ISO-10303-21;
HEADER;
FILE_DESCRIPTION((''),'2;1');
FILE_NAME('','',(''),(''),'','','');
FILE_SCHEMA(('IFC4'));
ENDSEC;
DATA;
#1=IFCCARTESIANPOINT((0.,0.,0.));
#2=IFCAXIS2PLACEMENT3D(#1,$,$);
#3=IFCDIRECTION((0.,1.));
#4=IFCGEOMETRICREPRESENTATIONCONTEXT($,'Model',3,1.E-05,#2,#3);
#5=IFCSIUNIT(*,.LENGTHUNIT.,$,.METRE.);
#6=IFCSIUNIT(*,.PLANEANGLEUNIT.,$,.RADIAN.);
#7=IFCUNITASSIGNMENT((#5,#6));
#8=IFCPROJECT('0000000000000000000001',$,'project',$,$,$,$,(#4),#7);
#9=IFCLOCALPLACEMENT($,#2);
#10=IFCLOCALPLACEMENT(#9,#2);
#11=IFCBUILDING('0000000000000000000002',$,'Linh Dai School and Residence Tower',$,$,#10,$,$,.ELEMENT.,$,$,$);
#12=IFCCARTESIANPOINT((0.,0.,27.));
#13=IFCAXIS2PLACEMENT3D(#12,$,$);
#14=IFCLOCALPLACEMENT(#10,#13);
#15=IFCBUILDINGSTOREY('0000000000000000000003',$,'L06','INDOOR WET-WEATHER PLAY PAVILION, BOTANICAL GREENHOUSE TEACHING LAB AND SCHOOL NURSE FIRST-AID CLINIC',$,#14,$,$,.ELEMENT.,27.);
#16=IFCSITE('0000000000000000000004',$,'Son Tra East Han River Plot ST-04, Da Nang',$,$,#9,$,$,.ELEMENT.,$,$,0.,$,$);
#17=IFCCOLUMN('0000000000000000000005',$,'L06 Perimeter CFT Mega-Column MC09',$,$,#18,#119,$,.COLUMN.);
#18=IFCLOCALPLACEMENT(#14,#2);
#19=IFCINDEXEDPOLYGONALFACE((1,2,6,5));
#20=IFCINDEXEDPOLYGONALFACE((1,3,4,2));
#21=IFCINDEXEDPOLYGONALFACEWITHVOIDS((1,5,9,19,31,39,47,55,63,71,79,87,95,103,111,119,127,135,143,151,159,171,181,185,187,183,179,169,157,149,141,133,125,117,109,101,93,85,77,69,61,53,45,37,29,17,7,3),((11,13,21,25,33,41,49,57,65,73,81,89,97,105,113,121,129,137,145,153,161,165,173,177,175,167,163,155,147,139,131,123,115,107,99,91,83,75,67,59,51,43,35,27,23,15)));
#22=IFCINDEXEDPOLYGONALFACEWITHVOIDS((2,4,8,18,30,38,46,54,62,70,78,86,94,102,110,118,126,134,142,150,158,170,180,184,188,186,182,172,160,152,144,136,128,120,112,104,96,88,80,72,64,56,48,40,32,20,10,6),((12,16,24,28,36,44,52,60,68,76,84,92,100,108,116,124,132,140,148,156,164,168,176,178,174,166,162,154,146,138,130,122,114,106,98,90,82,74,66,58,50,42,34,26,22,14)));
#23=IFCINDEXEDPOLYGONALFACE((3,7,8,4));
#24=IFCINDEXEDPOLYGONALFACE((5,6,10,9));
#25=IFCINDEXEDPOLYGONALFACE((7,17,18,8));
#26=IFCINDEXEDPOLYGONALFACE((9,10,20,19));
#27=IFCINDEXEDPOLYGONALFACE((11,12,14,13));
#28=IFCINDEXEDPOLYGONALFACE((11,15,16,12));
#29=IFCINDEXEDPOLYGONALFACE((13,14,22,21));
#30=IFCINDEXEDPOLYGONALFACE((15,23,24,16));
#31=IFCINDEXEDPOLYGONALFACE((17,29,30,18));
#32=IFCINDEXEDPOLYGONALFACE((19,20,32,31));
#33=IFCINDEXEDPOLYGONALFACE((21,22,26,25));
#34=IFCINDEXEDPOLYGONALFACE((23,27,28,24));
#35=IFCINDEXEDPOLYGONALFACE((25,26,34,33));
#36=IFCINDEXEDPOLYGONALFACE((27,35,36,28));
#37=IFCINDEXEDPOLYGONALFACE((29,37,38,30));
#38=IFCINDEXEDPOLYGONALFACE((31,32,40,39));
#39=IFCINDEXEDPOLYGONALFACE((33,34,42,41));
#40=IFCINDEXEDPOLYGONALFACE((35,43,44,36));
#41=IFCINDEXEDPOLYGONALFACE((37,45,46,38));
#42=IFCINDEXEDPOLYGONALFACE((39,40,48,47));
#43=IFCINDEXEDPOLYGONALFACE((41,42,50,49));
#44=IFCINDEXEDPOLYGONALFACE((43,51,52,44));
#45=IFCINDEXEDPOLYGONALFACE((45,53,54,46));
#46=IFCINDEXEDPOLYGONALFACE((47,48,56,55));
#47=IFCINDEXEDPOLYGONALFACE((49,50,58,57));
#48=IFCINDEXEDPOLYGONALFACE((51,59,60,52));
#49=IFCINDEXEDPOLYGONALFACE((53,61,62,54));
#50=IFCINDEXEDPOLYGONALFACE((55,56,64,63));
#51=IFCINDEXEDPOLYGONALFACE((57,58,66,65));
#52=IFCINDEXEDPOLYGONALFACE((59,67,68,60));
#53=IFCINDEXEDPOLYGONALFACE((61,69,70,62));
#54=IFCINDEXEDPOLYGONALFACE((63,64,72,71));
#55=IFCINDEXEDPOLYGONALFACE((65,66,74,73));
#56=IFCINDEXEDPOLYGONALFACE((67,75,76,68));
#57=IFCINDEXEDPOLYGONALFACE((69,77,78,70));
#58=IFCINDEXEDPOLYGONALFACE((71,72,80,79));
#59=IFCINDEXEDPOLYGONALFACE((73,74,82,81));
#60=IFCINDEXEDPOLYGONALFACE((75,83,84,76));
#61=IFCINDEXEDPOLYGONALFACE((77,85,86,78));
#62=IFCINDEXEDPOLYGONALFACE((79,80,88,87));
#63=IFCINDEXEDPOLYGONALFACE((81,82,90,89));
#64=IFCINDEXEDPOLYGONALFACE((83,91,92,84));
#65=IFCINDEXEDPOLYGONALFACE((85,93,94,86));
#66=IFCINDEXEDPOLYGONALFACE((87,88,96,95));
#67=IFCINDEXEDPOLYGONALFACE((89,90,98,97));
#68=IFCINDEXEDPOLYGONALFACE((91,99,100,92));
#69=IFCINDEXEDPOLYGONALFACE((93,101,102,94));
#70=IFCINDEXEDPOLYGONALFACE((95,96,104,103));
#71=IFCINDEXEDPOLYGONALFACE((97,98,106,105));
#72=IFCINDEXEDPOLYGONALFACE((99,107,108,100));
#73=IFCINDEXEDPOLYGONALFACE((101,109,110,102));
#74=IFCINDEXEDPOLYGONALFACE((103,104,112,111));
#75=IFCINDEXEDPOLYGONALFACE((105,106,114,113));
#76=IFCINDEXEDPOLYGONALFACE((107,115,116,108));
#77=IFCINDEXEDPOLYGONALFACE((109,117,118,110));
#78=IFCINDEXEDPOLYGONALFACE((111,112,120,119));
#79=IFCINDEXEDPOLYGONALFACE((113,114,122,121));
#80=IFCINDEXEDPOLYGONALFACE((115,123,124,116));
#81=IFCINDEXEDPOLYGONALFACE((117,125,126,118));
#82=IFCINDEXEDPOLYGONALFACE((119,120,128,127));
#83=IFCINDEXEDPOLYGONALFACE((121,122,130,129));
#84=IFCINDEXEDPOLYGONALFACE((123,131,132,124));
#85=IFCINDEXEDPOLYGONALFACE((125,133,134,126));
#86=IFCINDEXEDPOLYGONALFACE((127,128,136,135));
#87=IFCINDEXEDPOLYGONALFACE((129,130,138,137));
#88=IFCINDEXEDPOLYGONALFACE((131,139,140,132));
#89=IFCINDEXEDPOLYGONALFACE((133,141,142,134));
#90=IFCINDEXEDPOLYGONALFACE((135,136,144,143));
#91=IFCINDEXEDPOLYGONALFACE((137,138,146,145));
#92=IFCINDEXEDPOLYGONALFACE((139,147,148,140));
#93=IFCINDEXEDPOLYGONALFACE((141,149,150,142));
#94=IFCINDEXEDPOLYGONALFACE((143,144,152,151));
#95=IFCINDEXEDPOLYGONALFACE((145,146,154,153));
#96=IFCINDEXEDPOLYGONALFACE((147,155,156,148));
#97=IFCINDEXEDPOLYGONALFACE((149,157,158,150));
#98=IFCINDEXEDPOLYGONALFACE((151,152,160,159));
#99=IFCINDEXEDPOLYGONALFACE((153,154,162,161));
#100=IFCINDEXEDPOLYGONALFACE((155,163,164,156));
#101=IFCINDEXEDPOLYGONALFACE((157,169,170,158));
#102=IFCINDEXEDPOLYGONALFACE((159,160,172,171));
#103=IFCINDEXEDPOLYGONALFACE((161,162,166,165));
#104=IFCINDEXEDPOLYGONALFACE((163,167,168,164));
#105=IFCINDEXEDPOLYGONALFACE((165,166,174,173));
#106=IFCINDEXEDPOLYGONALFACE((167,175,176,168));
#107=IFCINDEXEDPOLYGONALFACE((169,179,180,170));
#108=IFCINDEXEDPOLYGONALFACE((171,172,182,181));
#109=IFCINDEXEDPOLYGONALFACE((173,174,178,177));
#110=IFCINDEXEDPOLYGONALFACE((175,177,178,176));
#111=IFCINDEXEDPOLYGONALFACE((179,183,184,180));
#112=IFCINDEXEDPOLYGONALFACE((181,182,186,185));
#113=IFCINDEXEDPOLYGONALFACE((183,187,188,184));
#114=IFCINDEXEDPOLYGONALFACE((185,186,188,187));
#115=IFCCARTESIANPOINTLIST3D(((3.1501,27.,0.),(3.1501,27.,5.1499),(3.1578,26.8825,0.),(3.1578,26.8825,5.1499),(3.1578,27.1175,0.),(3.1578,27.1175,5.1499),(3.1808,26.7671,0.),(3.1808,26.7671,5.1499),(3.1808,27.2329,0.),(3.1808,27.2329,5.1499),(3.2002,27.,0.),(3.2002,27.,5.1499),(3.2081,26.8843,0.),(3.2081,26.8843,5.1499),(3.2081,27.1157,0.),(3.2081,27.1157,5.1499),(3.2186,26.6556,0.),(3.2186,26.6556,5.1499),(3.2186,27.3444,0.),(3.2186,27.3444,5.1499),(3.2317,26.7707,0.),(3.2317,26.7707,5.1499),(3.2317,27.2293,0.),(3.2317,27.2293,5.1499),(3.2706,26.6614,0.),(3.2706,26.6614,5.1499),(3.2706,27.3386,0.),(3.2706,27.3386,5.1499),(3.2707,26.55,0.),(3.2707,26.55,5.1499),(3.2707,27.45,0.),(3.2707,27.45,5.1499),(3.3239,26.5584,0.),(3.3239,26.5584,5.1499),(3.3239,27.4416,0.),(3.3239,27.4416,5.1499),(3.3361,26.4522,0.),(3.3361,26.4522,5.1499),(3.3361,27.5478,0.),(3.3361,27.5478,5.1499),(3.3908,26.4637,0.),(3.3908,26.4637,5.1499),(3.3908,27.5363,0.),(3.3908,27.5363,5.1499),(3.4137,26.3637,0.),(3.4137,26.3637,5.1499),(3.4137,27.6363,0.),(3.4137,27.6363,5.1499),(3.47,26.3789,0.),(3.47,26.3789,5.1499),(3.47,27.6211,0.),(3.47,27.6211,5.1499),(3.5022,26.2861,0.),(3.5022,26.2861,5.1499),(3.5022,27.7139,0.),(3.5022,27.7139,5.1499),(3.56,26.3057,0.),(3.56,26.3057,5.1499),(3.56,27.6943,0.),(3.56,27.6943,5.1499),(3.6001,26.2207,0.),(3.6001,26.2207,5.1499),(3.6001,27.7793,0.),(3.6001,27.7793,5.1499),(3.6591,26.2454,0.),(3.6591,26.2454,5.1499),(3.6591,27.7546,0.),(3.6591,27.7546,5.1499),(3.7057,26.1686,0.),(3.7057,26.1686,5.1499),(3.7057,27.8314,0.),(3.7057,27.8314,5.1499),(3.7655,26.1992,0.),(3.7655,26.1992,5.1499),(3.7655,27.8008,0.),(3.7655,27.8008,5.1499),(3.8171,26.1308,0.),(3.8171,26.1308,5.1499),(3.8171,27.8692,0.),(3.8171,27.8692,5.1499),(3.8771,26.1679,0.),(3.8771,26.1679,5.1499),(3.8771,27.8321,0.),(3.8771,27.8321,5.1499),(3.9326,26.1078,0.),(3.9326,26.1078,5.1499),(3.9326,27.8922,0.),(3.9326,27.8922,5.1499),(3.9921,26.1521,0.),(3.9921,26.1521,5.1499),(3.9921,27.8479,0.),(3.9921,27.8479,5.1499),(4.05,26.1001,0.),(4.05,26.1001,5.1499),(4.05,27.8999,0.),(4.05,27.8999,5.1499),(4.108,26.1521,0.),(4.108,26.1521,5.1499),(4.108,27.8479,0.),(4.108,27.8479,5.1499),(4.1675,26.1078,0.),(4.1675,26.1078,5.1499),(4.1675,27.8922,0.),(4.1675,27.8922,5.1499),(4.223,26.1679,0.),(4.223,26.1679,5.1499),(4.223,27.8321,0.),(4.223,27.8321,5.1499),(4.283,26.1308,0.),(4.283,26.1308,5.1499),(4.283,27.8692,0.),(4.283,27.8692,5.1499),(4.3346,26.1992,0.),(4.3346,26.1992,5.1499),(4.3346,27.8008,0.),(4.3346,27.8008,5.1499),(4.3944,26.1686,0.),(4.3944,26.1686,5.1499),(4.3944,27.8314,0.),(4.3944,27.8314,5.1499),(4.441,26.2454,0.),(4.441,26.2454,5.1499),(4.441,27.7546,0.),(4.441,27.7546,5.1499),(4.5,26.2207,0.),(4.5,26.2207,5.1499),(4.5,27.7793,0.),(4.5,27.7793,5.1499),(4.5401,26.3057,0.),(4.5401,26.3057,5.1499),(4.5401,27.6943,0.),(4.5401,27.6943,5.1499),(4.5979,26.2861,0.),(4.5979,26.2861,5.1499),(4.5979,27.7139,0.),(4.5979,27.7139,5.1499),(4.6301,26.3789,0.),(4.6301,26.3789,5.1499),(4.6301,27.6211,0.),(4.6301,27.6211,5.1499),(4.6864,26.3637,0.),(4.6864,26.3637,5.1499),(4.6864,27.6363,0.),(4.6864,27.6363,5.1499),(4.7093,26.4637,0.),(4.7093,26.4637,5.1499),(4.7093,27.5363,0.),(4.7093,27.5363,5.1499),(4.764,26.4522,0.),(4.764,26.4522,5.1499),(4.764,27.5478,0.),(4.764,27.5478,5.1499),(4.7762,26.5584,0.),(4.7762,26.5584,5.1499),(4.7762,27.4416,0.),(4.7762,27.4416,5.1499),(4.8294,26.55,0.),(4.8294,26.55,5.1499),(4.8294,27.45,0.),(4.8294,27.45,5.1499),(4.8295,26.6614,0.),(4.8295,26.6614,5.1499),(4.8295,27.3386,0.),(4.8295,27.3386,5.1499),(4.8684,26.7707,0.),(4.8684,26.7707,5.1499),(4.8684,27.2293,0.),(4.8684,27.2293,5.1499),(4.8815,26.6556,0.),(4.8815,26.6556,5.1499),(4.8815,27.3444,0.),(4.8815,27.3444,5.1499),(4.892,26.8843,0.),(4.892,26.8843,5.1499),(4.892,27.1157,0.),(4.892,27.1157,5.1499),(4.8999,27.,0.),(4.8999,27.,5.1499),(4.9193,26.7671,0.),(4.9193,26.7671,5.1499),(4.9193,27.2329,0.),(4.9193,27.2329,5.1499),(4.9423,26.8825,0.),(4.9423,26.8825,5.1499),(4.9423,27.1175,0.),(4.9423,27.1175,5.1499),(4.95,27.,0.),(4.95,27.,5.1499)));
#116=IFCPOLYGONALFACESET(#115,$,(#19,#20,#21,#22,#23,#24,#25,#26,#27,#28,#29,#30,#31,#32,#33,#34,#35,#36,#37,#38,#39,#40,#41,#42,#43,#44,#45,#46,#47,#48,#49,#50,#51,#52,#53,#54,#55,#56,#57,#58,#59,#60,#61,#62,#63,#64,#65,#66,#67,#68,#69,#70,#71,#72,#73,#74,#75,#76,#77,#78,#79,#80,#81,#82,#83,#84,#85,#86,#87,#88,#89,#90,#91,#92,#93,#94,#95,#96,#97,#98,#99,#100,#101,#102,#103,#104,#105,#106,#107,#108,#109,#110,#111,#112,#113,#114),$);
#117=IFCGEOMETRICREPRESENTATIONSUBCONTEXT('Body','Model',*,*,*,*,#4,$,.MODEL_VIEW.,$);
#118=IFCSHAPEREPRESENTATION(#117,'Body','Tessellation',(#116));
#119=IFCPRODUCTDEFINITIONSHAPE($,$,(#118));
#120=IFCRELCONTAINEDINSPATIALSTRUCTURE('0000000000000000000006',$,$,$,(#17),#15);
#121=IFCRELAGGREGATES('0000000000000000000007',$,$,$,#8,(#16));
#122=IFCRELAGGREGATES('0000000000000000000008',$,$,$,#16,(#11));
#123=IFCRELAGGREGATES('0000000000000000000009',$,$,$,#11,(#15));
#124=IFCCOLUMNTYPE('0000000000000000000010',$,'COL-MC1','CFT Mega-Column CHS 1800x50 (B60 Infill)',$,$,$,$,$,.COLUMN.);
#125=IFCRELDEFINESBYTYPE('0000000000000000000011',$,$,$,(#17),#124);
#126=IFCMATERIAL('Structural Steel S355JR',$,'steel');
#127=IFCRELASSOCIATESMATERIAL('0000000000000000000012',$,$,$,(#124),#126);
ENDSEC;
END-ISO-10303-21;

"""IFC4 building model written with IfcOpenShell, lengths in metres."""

from ifc_helpers import new_model, si_unit, direction, frame, origin, origin_2d, place, context, subcontext, project, spatial, hollow_circle, extrude, material, material_profile, profile_set, type_object, element, save


model = new_model("IFC4")

# Units and contexts
model_context = context("Model", 3, precision=1e-05, world=origin(), true_north=direction((0.0, 1.0)))
body_context = subcontext(model_context, "Body", "Model", "MODEL_VIEW")
ifc_project = project(units=[si_unit("LENGTHUNIT", "METRE"), si_unit("PLANEANGLEUNIT", "RADIAN")], contexts=[model_context])

# Site, building, storey
site_placement = place(None, origin())
site = spatial("IfcSite", under=ifc_project, at=site_placement, Name="Son Tra East Han River Plot ST-04, Da Nang", CompositionType="ELEMENT", RefElevation=0.0)
building_placement = place(site_placement, origin())
building = spatial("IfcBuilding", under=site, at=building_placement, Name="Linh Dai School and Residence Tower", CompositionType="ELEMENT")
storey_placement = place(building_placement, frame((0.0, 0.0, 27.0)))
storey = spatial("IfcBuildingStorey", under=building, at=storey_placement, Name="L06", Description="INDOOR WET-WEATHER PLAY PAVILION, BOTANICAL GREENHOUSE TEACHING LAB AND SCHOOL NURSE FIRST-AID CLINIC", CompositionType="ELEMENT", Elevation=27.0)

# Column
ifc_material_1 = material(Name="Structural Steel S355JR", Category="steel")
ifc_material_profile_1 = material_profile(ifc_material_1, hollow_circle(Radius=0.8999, WallThickness=0.05, at=origin_2d()), Name="CHS 1800x50")
ifc_profile_set_1 = profile_set([ifc_material_profile_1], Name="Structural Steel S355JR")
column_type = type_object("IfcColumnType", Name="COL-MC1", Description="CFT Mega-Column CHS 1800x50 (B60 Infill)", PredefinedType="COLUMN", material=ifc_profile_set_1)
for number, where, z_axis, x_axis, name in (
    (1, (4.05, 27.0, 0.0), (0.0, 0.0, 1.0), (1.0, 0.0, 0.0), "L06 Perimeter CFT Mega-Column MC09"),
):
    element("IfcColumn", number, at=place(storey_placement, frame(where, z_axis=z_axis, x_axis=x_axis)), inside=storey, type_object=column_type, Name=name, PredefinedType="COLUMN", context=body_context, shape_type="SweptSolid", body=[
        extrude(hollow_circle(Radius=0.8999, WallThickness=0.05, at=origin_2d()), origin(), (0.0, 0.0, 1.0), 5.1499),
    ])

save(model, "model.ifc")
